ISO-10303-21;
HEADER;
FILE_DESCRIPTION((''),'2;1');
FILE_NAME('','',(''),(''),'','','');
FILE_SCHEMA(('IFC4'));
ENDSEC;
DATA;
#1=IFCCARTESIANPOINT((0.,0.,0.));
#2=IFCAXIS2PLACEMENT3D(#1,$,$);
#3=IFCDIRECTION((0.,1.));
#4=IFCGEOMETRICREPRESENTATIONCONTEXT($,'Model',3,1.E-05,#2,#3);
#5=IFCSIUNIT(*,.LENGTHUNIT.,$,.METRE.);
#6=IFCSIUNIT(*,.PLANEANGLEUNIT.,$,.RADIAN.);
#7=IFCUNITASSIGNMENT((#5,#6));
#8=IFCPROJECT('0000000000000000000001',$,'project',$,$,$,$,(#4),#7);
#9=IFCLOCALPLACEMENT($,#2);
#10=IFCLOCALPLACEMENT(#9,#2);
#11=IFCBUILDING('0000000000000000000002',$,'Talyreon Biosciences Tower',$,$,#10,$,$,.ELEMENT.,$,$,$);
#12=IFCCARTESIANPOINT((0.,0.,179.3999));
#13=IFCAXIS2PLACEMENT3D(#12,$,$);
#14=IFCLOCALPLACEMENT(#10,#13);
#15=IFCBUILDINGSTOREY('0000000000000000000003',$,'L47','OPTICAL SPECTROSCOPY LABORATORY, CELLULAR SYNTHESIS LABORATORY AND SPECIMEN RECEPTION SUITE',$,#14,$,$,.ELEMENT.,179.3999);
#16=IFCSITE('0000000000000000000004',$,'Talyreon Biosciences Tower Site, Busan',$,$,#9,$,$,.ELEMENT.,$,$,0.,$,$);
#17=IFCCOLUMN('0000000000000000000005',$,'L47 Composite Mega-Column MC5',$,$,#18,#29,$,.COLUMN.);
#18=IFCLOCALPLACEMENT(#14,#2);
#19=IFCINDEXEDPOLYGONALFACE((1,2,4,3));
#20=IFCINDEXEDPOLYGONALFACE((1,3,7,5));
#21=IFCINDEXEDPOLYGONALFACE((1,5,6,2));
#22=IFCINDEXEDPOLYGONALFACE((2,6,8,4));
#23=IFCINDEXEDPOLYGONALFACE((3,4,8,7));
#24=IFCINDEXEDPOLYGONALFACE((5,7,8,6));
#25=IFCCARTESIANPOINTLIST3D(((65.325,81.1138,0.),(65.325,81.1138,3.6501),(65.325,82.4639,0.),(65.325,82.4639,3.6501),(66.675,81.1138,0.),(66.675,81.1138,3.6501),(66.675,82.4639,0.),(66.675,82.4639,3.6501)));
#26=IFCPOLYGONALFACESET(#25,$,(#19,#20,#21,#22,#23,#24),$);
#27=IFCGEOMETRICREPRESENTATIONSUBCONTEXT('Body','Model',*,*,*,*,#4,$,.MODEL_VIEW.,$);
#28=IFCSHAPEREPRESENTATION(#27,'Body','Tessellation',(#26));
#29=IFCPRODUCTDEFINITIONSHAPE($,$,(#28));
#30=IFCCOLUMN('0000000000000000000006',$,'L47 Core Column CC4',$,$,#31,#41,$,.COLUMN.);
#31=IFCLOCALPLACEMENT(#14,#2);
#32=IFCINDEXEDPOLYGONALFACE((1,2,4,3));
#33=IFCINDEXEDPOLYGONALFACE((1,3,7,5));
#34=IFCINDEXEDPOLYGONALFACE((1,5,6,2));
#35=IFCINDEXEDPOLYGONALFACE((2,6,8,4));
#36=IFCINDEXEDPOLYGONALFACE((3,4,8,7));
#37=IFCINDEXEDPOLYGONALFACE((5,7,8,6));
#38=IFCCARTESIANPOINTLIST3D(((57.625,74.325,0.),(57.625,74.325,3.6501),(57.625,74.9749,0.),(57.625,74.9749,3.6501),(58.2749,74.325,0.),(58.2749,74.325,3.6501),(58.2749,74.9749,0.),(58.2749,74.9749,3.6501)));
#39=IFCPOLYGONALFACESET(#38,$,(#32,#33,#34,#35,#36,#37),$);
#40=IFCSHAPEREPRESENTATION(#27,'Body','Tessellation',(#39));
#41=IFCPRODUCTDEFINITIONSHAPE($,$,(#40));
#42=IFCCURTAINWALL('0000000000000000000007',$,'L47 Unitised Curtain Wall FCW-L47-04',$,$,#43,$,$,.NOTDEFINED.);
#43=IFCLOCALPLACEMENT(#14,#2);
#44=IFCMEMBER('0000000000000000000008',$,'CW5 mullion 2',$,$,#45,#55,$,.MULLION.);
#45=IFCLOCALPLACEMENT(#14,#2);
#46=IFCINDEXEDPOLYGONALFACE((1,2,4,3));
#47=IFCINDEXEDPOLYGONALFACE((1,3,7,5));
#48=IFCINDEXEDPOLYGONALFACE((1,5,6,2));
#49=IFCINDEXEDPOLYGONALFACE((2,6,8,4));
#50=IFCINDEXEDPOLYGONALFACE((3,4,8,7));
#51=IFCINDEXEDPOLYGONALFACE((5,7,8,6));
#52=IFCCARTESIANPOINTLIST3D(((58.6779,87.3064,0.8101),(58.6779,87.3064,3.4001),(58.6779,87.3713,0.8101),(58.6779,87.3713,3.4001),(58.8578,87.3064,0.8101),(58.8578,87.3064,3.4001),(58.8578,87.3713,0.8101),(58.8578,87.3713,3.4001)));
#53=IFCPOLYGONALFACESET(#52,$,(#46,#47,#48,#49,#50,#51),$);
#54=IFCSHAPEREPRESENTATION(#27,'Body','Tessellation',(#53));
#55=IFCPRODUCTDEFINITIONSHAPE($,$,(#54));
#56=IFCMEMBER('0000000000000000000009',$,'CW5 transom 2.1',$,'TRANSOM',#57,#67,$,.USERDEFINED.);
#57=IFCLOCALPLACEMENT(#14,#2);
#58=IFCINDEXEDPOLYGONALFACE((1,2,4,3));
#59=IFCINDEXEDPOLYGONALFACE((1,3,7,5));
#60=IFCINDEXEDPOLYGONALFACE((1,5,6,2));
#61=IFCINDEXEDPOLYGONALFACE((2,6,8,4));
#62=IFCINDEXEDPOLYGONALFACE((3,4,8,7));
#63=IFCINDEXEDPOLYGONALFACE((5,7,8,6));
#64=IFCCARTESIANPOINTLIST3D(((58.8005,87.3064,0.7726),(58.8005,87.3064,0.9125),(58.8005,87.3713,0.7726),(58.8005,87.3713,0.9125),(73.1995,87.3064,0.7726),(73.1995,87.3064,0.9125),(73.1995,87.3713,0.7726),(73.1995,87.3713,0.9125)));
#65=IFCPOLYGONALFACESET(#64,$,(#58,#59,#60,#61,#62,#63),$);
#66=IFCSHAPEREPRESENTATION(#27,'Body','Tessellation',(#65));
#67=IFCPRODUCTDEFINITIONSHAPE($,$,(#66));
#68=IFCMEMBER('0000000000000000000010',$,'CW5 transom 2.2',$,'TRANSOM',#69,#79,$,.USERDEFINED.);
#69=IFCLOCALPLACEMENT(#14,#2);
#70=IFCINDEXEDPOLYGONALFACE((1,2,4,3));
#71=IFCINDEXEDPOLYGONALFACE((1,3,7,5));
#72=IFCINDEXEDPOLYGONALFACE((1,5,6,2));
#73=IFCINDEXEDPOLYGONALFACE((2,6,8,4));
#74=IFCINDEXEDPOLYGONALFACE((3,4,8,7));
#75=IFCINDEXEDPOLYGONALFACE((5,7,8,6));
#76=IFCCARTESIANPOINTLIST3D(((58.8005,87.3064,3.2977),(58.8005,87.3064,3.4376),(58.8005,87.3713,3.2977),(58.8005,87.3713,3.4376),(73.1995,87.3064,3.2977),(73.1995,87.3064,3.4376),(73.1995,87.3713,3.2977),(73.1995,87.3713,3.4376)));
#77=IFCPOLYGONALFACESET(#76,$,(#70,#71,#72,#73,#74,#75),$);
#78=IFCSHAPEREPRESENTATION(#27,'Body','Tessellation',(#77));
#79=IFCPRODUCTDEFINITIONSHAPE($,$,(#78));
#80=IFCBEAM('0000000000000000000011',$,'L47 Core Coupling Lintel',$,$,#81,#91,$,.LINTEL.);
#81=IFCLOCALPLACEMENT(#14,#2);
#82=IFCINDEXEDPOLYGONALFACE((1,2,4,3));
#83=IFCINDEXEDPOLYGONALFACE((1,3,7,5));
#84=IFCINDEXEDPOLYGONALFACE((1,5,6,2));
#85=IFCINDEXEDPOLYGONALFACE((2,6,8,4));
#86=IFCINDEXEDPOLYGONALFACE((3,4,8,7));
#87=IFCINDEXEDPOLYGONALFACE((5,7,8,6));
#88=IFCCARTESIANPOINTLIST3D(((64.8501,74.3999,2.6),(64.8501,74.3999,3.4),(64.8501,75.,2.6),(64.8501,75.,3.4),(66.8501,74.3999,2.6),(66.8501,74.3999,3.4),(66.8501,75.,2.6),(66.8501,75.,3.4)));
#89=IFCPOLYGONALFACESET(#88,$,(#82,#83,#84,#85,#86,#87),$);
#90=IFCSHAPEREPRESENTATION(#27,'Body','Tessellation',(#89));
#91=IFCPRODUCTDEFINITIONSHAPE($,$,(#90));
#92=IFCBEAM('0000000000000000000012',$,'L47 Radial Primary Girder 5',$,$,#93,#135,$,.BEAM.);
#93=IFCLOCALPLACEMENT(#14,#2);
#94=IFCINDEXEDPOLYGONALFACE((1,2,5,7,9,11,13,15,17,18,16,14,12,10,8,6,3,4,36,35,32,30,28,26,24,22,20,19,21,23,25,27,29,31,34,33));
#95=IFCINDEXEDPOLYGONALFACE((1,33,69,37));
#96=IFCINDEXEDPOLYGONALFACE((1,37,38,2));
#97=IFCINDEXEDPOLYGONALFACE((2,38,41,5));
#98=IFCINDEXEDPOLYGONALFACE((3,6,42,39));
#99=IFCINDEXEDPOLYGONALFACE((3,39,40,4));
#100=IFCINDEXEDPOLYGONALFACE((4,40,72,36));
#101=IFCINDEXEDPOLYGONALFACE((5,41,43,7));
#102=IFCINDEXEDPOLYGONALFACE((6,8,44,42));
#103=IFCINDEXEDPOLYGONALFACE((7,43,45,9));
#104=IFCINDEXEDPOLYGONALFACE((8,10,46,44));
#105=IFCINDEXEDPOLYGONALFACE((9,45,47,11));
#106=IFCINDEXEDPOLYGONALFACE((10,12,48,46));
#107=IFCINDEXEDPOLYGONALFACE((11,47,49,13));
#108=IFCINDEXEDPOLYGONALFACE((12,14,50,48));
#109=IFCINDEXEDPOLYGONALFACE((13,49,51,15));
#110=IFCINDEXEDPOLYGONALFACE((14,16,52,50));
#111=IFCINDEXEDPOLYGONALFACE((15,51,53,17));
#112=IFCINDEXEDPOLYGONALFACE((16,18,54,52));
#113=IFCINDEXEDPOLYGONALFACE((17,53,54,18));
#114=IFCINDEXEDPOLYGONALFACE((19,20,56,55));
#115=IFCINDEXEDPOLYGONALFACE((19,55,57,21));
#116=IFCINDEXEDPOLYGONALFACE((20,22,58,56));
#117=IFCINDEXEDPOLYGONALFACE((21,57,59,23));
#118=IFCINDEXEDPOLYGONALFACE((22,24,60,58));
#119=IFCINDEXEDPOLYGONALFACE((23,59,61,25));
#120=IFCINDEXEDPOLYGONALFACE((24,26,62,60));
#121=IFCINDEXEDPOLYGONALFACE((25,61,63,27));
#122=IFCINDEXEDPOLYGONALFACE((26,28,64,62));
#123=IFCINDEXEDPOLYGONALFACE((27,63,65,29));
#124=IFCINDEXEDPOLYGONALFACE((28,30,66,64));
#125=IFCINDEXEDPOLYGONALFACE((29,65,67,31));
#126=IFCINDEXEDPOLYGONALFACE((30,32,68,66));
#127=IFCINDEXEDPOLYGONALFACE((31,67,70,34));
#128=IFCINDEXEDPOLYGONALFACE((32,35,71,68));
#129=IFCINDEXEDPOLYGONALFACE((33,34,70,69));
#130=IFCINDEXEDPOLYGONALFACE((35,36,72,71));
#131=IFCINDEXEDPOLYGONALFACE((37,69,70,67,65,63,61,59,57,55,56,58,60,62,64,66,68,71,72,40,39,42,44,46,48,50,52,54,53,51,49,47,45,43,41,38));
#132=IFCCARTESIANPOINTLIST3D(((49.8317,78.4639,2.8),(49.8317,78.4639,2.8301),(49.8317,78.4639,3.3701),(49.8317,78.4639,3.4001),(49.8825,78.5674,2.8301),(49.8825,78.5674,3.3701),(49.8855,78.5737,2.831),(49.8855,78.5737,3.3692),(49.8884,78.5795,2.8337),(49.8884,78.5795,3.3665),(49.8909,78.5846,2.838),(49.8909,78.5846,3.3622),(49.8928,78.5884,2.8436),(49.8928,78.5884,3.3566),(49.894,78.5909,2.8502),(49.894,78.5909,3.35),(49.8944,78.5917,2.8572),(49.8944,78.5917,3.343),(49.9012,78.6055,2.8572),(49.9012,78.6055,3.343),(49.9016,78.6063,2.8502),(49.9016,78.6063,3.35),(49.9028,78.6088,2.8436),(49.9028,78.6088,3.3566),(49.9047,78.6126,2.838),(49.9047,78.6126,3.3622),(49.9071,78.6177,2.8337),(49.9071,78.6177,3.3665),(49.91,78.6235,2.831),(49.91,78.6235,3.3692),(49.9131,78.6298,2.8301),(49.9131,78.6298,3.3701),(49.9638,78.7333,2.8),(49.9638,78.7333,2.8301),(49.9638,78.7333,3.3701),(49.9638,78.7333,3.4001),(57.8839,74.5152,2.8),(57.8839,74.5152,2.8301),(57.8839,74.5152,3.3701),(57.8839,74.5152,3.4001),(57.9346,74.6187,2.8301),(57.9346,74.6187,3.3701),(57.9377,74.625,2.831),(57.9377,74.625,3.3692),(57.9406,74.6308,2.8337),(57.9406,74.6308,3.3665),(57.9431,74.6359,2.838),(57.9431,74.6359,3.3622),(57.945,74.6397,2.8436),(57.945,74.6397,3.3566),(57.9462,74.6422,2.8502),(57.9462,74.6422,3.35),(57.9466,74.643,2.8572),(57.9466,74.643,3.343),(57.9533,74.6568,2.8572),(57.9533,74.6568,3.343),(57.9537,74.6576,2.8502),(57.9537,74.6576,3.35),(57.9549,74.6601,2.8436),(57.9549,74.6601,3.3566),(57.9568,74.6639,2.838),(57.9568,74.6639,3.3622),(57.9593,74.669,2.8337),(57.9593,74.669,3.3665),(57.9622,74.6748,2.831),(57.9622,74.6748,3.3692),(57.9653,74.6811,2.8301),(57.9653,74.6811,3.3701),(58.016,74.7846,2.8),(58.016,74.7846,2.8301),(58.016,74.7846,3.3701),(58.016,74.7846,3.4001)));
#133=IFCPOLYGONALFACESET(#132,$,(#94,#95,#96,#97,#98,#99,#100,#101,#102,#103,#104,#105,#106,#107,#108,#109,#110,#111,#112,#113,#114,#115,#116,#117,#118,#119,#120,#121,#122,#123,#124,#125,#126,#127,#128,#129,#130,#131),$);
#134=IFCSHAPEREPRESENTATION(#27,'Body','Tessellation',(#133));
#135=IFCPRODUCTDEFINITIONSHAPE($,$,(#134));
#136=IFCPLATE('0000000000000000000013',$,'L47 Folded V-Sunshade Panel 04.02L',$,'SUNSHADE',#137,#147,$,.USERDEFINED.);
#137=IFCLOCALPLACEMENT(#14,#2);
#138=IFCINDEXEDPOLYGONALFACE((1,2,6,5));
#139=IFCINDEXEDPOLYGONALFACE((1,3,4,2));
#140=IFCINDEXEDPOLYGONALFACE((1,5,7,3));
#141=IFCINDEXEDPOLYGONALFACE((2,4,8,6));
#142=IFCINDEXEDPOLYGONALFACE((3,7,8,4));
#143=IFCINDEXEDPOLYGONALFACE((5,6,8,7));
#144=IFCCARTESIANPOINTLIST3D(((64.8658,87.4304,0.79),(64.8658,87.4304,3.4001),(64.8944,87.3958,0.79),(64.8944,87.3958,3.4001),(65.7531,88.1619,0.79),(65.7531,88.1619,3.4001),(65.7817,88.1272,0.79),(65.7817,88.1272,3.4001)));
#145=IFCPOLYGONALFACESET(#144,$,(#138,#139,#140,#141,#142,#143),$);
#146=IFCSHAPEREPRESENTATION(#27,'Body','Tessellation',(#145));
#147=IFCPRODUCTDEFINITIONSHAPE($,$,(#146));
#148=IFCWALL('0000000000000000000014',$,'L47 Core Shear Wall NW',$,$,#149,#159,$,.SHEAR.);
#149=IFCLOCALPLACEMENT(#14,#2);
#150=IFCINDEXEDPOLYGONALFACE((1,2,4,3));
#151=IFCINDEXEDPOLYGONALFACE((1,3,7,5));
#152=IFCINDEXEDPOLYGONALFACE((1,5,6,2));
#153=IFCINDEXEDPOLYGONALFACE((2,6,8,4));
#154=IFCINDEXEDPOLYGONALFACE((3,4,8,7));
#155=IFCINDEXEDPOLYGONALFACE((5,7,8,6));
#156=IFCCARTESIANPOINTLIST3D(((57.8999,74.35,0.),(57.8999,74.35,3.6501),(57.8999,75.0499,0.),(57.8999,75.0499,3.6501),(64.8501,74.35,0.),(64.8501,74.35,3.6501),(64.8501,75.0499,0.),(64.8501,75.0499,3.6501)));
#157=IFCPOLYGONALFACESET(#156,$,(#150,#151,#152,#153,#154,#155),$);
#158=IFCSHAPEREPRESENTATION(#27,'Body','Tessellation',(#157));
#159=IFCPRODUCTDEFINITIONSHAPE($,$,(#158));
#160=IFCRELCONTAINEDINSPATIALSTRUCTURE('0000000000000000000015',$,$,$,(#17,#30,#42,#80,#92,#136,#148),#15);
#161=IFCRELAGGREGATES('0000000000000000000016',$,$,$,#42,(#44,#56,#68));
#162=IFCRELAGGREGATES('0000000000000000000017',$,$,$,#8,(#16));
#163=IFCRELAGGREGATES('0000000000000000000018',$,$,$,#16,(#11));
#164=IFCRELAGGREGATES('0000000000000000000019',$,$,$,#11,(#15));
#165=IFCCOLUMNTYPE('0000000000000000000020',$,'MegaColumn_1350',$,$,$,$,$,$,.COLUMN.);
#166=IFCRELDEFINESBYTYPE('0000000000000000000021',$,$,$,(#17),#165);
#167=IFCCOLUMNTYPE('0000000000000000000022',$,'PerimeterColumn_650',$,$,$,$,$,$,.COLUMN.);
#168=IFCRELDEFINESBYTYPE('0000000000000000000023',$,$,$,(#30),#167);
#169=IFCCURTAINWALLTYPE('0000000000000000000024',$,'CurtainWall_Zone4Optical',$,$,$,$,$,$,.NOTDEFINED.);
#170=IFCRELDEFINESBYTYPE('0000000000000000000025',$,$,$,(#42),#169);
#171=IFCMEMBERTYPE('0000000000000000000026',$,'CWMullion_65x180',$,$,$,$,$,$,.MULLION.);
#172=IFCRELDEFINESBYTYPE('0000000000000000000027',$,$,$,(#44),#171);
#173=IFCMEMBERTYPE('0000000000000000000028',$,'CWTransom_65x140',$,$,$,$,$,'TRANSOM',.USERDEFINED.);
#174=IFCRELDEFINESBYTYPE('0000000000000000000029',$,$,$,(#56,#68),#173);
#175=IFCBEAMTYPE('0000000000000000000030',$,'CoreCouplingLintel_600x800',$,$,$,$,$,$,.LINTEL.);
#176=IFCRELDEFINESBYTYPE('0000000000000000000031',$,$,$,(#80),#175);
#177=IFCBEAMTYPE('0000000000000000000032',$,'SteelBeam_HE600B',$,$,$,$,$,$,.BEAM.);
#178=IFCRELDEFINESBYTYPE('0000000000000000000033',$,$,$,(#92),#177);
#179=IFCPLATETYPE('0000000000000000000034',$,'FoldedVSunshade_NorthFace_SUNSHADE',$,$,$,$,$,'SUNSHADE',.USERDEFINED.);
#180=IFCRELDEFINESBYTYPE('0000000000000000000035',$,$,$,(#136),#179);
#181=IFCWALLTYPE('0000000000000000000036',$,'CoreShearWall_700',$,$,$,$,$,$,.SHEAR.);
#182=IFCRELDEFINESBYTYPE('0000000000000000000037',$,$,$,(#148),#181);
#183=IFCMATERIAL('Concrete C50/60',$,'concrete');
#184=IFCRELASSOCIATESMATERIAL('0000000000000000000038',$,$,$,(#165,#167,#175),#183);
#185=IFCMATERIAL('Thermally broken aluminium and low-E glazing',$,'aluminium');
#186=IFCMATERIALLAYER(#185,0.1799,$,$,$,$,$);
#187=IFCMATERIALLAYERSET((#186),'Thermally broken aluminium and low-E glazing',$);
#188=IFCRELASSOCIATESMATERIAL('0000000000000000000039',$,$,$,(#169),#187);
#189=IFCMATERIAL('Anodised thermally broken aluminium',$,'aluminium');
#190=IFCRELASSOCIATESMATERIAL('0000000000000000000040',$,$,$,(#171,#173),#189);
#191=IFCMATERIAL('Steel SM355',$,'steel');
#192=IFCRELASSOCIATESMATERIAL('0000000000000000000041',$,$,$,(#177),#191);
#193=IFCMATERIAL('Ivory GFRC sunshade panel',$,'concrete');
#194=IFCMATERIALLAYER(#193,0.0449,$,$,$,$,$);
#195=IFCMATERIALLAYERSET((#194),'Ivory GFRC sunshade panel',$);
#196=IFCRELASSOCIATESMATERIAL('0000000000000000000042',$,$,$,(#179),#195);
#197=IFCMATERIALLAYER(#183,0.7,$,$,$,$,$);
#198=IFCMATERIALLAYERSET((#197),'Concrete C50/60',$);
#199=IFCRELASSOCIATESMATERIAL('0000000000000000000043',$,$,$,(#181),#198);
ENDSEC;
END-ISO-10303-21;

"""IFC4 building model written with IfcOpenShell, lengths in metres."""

from ifc_helpers import new_model, si_unit, direction, frame, frame_2d, origin, origin_2d, place, context, subcontext, project, spatial, rectangle, i_section, extrude, material, layer, layer_set, material_profile, profile_set, type_object, element, aggregate, save


model = new_model("IFC4")

# Units and contexts
model_context = context("Model", 3, precision=1e-05, world=origin(), true_north=direction((0.0, 1.0)))
body_context = subcontext(model_context, "Body", "Model", "MODEL_VIEW")
ifc_project = project(units=[si_unit("LENGTHUNIT", "METRE"), si_unit("PLANEANGLEUNIT", "RADIAN")], contexts=[model_context])

# Site, building, storey
site_placement = place(None, origin())
site = spatial("IfcSite", under=ifc_project, at=site_placement, Name="Talyreon Biosciences Tower Site, Busan", CompositionType="ELEMENT", RefElevation=0.0)
building_placement = place(site_placement, origin())
building = spatial("IfcBuilding", under=site, at=building_placement, Name="Talyreon Biosciences Tower", CompositionType="ELEMENT")
storey_placement = place(building_placement, frame((0.0, 0.0, 179.3999)))
storey = spatial("IfcBuildingStorey", under=building, at=storey_placement, Name="L47", Description="OPTICAL SPECTROSCOPY LABORATORY, CELLULAR SYNTHESIS LABORATORY AND SPECIMEN RECEPTION SUITE", CompositionType="ELEMENT", Elevation=179.3999)

# Columns
ifc_material_1 = material(Name="Concrete C50/60", Category="concrete")
ifc_material_profile_1 = material_profile(ifc_material_1, rectangle(XDim=1.3501, YDim=1.3501, at=origin_2d()), Name="RC 1350x1350")
ifc_profile_set_1 = profile_set([ifc_material_profile_1], Name="Concrete C50/60")
column_type_1 = type_object("IfcColumnType", Name="MegaColumn_1350", PredefinedType="COLUMN", material=ifc_profile_set_1)
column_1_placement = place(storey_placement, frame((66.0, 81.7888, 0.0), z_axis=(0.0, 0.0, 1.0), x_axis=(1.0, 0.0, 0.0)))
element("IfcColumn", 1, at=column_1_placement, inside=storey, type_object=column_type_1, Name="L47 Composite Mega-Column MC5", PredefinedType="COLUMN", context=body_context, shape_type="SweptSolid", body=[
    extrude(rectangle(XDim=1.3501, YDim=1.3501, at=origin_2d()), origin(), (0.0, 0.0, 1.0), 3.6501),
])
ifc_material_profile_2 = material_profile(ifc_material_1, rectangle(XDim=0.6499, YDim=0.6499, at=origin_2d()), Name="RC 650x650")
ifc_profile_set_2 = profile_set([ifc_material_profile_2], Name="Concrete C50/60")
column_type_2 = type_object("IfcColumnType", Name="PerimeterColumn_650", PredefinedType="COLUMN", material=ifc_profile_set_2)
column_2_placement = place(storey_placement, frame((57.95, 74.6499, 0.0), z_axis=(0.0, 0.0, 1.0), x_axis=(1.0, 0.0, 0.0)))
element("IfcColumn", 2, at=column_2_placement, inside=storey, type_object=column_type_2, Name="L47 Core Column CC4", PredefinedType="COLUMN", context=body_context, shape_type="SweptSolid", body=[
    extrude(rectangle(XDim=0.6499, YDim=0.6499, at=origin_2d()), origin(), (0.0, 0.0, 1.0), 3.6501),
])

# Curtain wall, members
ifc_material_2 = material(Name="Thermally broken aluminium and low-E glazing", Category="aluminium")
ifc_layer_1 = layer(ifc_material_2, 0.1799)
ifc_layer_set_1 = layer_set([ifc_layer_1], Name="Thermally broken aluminium and low-E glazing")
curtain_wall_type = type_object("IfcCurtainWallType", Name="CurtainWall_Zone4Optical", PredefinedType="NOTDEFINED", material=ifc_layer_set_1)
curtain_wall_placement = place(storey_placement, origin())
curtain_wall = element("IfcCurtainWall", 3, at=curtain_wall_placement, inside=storey, type_object=curtain_wall_type, Name="L47 Unitised Curtain Wall FCW-L47-04", PredefinedType="NOTDEFINED")
ifc_material_3 = material(Name="Anodised thermally broken aluminium", Category="aluminium")
ifc_material_profile_3 = material_profile(ifc_material_3, rectangle(XDim=0.0649, YDim=0.1799, at=origin_2d()), Name="ALUM MULLION 65x180")
ifc_profile_set_3 = profile_set([ifc_material_profile_3], Name="Anodised thermally broken aluminium")
member_type_1 = type_object("IfcMemberType", Name="CWMullion_65x180", PredefinedType="MULLION", material=ifc_profile_set_3)
member_1_placement = place(storey_placement, frame((58.7678, 87.3389, 0.8101), z_axis=(0.0, 0.0, 1.0), x_axis=(0.0, 1.0, 0.0)))
member_1 = element("IfcMember", 4, at=member_1_placement, type_object=member_type_1, Name="CW5 mullion 2", PredefinedType="MULLION", context=body_context, shape_type="SweptSolid", body=[
    extrude(rectangle(XDim=0.0649, YDim=0.1799, at=origin_2d()), origin(), (0.0, 0.0, 1.0), 2.5901),
])
ifc_material_profile_4 = material_profile(ifc_material_3, rectangle(XDim=0.0649, YDim=0.1399, at=origin_2d()), Name="ALUM TRANSOM 65x140")
ifc_profile_set_4 = profile_set([ifc_material_profile_4], Name="Anodised thermally broken aluminium")
member_type_2 = type_object("IfcMemberType", Name="CWTransom_65x140", ElementType="TRANSOM", PredefinedType="USERDEFINED", material=ifc_profile_set_4)
member_2_placement = place(storey_placement, frame((58.8005, 87.3389, 0.8425), z_axis=(1.0, 0.0, 0.0), x_axis=(0.0, 1.0, 0.0)))
member_2 = element("IfcMember", 5, at=member_2_placement, type_object=member_type_2, Name="CW5 transom 2.1", ObjectType="TRANSOM", PredefinedType="USERDEFINED", context=body_context, shape_type="SweptSolid", body=[
    extrude(rectangle(XDim=0.0649, YDim=0.1399, at=origin_2d()), origin(), (0.0, 0.0, 1.0), 14.3989),
])
member_3_placement = place(storey_placement, frame((58.8005, 87.3389, 3.3677), z_axis=(1.0, 0.0, 0.0), x_axis=(0.0, 1.0, 0.0)))
member_3 = element("IfcMember", 6, at=member_3_placement, type_object=member_type_2, Name="CW5 transom 2.2", ObjectType="TRANSOM", PredefinedType="USERDEFINED", context=body_context, shape_type="SweptSolid", body=[
    extrude(rectangle(XDim=0.0649, YDim=0.1399, at=origin_2d()), origin(), (0.0, 0.0, 1.0), 14.3989),
])
aggregate(curtain_wall, [member_1, member_2, member_3])

# Beams
ifc_material_profile_5 = material_profile(ifc_material_1, rectangle(XDim=0.6001, YDim=0.8, at=origin_2d()), Name="RCB 600x800")
ifc_profile_set_5 = profile_set([ifc_material_profile_5], Name="Concrete C50/60")
beam_type_1 = type_object("IfcBeamType", Name="CoreCouplingLintel_600x800", PredefinedType="LINTEL", material=ifc_profile_set_5)
beam_1_placement = place(storey_placement, frame((64.8501, 74.7, 3.0), z_axis=(1.0, 0.0, 0.0), x_axis=(0.0, 1.0, 0.0)))
element("IfcBeam", 7, at=beam_1_placement, inside=storey, type_object=beam_type_1, Name="L47 Core Coupling Lintel", PredefinedType="LINTEL", context=body_context, shape_type="SweptSolid", body=[
    extrude(rectangle(XDim=0.6001, YDim=0.8, at=origin_2d()), origin(), (0.0, 0.0, 1.0), 2.0),
])
ifc_material_4 = material(Name="Steel SM355", Category="steel")
ifc_material_profile_6 = material_profile(ifc_material_4, i_section(OverallWidth=0.3, OverallDepth=0.6001, WebThickness=0.0154, FlangeThickness=0.03, FilletRadius=0.0271, at=origin_2d()), Name="HE600B")
ifc_profile_set_6 = profile_set([ifc_material_profile_6], Name="Steel SM355")
beam_type_2 = type_object("IfcBeamType", Name="SteelBeam_HE600B", PredefinedType="BEAM", material=ifc_profile_set_6)
beam_2_placement = place(storey_placement, frame((57.95, 74.6499, 3.1001), z_axis=(-0.897852, 0.440297, 0.0), x_axis=(-0.440297, -0.897852, 0.0)))
element("IfcBeam", 8, at=beam_2_placement, inside=storey, type_object=beam_type_2, Name="L47 Radial Primary Girder 5", PredefinedType="BEAM", context=body_context, shape_type="SweptSolid", body=[
    extrude(i_section(OverallWidth=0.3, OverallDepth=0.6001, WebThickness=0.0154, FlangeThickness=0.03, FilletRadius=0.0271, at=origin_2d()), origin(), (0.0, 0.0, 1.0), 8.9683),
])

# Plate
ifc_material_5 = material(Name="Ivory GFRC sunshade panel", Category="concrete")
ifc_layer_2 = layer(ifc_material_5, 0.0449)
ifc_layer_set_2 = layer_set([ifc_layer_2], Name="Ivory GFRC sunshade panel")
plate_type = type_object("IfcPlateType", Name="FoldedVSunshade_NorthFace_SUNSHADE", ElementType="SUNSHADE", PredefinedType="USERDEFINED", material=ifc_layer_set_2)
plate_placement = place(storey_placement, frame((65.3237, 87.7788, 0.79), z_axis=(0.0, 0.0, 1.0), x_axis=(0.771625, 0.636078, 0.0)))
element("IfcPlate", 9, at=plate_placement, inside=storey, type_object=plate_type, Name="L47 Folded V-Sunshade Panel 04.02L", ObjectType="SUNSHADE", PredefinedType="USERDEFINED", context=body_context, shape_type="SweptSolid", body=[
    extrude(rectangle(XDim=1.1499, YDim=0.0449, at=origin_2d()), origin(), (0.0, 0.0, 1.0), 2.6101),
])

# Wall
ifc_layer_3 = layer(ifc_material_1, 0.7)
ifc_layer_set_3 = layer_set([ifc_layer_3], Name="Concrete C50/60")
wall_type_1 = type_object("IfcWallType", Name="CoreShearWall_700", PredefinedType="SHEAR", material=ifc_layer_set_3)
wall_1_placement = place(storey_placement, frame((64.8501, 74.7, 0.0), z_axis=(0.0, 0.0, 1.0), x_axis=(-1.0, 0.0, 0.0)))
element("IfcWall", 10, at=wall_1_placement, inside=storey, type_object=wall_type_1, Name="L47 Core Shear Wall NW", PredefinedType="SHEAR", context=body_context, shape_type="SweptSolid", body=[
    extrude(rectangle(XDim=6.9502, YDim=0.7, at=frame_2d((3.4751, 0.0))), origin(), (0.0, 0.0, 1.0), 3.6501),
])

save(model, "model.ifc")
